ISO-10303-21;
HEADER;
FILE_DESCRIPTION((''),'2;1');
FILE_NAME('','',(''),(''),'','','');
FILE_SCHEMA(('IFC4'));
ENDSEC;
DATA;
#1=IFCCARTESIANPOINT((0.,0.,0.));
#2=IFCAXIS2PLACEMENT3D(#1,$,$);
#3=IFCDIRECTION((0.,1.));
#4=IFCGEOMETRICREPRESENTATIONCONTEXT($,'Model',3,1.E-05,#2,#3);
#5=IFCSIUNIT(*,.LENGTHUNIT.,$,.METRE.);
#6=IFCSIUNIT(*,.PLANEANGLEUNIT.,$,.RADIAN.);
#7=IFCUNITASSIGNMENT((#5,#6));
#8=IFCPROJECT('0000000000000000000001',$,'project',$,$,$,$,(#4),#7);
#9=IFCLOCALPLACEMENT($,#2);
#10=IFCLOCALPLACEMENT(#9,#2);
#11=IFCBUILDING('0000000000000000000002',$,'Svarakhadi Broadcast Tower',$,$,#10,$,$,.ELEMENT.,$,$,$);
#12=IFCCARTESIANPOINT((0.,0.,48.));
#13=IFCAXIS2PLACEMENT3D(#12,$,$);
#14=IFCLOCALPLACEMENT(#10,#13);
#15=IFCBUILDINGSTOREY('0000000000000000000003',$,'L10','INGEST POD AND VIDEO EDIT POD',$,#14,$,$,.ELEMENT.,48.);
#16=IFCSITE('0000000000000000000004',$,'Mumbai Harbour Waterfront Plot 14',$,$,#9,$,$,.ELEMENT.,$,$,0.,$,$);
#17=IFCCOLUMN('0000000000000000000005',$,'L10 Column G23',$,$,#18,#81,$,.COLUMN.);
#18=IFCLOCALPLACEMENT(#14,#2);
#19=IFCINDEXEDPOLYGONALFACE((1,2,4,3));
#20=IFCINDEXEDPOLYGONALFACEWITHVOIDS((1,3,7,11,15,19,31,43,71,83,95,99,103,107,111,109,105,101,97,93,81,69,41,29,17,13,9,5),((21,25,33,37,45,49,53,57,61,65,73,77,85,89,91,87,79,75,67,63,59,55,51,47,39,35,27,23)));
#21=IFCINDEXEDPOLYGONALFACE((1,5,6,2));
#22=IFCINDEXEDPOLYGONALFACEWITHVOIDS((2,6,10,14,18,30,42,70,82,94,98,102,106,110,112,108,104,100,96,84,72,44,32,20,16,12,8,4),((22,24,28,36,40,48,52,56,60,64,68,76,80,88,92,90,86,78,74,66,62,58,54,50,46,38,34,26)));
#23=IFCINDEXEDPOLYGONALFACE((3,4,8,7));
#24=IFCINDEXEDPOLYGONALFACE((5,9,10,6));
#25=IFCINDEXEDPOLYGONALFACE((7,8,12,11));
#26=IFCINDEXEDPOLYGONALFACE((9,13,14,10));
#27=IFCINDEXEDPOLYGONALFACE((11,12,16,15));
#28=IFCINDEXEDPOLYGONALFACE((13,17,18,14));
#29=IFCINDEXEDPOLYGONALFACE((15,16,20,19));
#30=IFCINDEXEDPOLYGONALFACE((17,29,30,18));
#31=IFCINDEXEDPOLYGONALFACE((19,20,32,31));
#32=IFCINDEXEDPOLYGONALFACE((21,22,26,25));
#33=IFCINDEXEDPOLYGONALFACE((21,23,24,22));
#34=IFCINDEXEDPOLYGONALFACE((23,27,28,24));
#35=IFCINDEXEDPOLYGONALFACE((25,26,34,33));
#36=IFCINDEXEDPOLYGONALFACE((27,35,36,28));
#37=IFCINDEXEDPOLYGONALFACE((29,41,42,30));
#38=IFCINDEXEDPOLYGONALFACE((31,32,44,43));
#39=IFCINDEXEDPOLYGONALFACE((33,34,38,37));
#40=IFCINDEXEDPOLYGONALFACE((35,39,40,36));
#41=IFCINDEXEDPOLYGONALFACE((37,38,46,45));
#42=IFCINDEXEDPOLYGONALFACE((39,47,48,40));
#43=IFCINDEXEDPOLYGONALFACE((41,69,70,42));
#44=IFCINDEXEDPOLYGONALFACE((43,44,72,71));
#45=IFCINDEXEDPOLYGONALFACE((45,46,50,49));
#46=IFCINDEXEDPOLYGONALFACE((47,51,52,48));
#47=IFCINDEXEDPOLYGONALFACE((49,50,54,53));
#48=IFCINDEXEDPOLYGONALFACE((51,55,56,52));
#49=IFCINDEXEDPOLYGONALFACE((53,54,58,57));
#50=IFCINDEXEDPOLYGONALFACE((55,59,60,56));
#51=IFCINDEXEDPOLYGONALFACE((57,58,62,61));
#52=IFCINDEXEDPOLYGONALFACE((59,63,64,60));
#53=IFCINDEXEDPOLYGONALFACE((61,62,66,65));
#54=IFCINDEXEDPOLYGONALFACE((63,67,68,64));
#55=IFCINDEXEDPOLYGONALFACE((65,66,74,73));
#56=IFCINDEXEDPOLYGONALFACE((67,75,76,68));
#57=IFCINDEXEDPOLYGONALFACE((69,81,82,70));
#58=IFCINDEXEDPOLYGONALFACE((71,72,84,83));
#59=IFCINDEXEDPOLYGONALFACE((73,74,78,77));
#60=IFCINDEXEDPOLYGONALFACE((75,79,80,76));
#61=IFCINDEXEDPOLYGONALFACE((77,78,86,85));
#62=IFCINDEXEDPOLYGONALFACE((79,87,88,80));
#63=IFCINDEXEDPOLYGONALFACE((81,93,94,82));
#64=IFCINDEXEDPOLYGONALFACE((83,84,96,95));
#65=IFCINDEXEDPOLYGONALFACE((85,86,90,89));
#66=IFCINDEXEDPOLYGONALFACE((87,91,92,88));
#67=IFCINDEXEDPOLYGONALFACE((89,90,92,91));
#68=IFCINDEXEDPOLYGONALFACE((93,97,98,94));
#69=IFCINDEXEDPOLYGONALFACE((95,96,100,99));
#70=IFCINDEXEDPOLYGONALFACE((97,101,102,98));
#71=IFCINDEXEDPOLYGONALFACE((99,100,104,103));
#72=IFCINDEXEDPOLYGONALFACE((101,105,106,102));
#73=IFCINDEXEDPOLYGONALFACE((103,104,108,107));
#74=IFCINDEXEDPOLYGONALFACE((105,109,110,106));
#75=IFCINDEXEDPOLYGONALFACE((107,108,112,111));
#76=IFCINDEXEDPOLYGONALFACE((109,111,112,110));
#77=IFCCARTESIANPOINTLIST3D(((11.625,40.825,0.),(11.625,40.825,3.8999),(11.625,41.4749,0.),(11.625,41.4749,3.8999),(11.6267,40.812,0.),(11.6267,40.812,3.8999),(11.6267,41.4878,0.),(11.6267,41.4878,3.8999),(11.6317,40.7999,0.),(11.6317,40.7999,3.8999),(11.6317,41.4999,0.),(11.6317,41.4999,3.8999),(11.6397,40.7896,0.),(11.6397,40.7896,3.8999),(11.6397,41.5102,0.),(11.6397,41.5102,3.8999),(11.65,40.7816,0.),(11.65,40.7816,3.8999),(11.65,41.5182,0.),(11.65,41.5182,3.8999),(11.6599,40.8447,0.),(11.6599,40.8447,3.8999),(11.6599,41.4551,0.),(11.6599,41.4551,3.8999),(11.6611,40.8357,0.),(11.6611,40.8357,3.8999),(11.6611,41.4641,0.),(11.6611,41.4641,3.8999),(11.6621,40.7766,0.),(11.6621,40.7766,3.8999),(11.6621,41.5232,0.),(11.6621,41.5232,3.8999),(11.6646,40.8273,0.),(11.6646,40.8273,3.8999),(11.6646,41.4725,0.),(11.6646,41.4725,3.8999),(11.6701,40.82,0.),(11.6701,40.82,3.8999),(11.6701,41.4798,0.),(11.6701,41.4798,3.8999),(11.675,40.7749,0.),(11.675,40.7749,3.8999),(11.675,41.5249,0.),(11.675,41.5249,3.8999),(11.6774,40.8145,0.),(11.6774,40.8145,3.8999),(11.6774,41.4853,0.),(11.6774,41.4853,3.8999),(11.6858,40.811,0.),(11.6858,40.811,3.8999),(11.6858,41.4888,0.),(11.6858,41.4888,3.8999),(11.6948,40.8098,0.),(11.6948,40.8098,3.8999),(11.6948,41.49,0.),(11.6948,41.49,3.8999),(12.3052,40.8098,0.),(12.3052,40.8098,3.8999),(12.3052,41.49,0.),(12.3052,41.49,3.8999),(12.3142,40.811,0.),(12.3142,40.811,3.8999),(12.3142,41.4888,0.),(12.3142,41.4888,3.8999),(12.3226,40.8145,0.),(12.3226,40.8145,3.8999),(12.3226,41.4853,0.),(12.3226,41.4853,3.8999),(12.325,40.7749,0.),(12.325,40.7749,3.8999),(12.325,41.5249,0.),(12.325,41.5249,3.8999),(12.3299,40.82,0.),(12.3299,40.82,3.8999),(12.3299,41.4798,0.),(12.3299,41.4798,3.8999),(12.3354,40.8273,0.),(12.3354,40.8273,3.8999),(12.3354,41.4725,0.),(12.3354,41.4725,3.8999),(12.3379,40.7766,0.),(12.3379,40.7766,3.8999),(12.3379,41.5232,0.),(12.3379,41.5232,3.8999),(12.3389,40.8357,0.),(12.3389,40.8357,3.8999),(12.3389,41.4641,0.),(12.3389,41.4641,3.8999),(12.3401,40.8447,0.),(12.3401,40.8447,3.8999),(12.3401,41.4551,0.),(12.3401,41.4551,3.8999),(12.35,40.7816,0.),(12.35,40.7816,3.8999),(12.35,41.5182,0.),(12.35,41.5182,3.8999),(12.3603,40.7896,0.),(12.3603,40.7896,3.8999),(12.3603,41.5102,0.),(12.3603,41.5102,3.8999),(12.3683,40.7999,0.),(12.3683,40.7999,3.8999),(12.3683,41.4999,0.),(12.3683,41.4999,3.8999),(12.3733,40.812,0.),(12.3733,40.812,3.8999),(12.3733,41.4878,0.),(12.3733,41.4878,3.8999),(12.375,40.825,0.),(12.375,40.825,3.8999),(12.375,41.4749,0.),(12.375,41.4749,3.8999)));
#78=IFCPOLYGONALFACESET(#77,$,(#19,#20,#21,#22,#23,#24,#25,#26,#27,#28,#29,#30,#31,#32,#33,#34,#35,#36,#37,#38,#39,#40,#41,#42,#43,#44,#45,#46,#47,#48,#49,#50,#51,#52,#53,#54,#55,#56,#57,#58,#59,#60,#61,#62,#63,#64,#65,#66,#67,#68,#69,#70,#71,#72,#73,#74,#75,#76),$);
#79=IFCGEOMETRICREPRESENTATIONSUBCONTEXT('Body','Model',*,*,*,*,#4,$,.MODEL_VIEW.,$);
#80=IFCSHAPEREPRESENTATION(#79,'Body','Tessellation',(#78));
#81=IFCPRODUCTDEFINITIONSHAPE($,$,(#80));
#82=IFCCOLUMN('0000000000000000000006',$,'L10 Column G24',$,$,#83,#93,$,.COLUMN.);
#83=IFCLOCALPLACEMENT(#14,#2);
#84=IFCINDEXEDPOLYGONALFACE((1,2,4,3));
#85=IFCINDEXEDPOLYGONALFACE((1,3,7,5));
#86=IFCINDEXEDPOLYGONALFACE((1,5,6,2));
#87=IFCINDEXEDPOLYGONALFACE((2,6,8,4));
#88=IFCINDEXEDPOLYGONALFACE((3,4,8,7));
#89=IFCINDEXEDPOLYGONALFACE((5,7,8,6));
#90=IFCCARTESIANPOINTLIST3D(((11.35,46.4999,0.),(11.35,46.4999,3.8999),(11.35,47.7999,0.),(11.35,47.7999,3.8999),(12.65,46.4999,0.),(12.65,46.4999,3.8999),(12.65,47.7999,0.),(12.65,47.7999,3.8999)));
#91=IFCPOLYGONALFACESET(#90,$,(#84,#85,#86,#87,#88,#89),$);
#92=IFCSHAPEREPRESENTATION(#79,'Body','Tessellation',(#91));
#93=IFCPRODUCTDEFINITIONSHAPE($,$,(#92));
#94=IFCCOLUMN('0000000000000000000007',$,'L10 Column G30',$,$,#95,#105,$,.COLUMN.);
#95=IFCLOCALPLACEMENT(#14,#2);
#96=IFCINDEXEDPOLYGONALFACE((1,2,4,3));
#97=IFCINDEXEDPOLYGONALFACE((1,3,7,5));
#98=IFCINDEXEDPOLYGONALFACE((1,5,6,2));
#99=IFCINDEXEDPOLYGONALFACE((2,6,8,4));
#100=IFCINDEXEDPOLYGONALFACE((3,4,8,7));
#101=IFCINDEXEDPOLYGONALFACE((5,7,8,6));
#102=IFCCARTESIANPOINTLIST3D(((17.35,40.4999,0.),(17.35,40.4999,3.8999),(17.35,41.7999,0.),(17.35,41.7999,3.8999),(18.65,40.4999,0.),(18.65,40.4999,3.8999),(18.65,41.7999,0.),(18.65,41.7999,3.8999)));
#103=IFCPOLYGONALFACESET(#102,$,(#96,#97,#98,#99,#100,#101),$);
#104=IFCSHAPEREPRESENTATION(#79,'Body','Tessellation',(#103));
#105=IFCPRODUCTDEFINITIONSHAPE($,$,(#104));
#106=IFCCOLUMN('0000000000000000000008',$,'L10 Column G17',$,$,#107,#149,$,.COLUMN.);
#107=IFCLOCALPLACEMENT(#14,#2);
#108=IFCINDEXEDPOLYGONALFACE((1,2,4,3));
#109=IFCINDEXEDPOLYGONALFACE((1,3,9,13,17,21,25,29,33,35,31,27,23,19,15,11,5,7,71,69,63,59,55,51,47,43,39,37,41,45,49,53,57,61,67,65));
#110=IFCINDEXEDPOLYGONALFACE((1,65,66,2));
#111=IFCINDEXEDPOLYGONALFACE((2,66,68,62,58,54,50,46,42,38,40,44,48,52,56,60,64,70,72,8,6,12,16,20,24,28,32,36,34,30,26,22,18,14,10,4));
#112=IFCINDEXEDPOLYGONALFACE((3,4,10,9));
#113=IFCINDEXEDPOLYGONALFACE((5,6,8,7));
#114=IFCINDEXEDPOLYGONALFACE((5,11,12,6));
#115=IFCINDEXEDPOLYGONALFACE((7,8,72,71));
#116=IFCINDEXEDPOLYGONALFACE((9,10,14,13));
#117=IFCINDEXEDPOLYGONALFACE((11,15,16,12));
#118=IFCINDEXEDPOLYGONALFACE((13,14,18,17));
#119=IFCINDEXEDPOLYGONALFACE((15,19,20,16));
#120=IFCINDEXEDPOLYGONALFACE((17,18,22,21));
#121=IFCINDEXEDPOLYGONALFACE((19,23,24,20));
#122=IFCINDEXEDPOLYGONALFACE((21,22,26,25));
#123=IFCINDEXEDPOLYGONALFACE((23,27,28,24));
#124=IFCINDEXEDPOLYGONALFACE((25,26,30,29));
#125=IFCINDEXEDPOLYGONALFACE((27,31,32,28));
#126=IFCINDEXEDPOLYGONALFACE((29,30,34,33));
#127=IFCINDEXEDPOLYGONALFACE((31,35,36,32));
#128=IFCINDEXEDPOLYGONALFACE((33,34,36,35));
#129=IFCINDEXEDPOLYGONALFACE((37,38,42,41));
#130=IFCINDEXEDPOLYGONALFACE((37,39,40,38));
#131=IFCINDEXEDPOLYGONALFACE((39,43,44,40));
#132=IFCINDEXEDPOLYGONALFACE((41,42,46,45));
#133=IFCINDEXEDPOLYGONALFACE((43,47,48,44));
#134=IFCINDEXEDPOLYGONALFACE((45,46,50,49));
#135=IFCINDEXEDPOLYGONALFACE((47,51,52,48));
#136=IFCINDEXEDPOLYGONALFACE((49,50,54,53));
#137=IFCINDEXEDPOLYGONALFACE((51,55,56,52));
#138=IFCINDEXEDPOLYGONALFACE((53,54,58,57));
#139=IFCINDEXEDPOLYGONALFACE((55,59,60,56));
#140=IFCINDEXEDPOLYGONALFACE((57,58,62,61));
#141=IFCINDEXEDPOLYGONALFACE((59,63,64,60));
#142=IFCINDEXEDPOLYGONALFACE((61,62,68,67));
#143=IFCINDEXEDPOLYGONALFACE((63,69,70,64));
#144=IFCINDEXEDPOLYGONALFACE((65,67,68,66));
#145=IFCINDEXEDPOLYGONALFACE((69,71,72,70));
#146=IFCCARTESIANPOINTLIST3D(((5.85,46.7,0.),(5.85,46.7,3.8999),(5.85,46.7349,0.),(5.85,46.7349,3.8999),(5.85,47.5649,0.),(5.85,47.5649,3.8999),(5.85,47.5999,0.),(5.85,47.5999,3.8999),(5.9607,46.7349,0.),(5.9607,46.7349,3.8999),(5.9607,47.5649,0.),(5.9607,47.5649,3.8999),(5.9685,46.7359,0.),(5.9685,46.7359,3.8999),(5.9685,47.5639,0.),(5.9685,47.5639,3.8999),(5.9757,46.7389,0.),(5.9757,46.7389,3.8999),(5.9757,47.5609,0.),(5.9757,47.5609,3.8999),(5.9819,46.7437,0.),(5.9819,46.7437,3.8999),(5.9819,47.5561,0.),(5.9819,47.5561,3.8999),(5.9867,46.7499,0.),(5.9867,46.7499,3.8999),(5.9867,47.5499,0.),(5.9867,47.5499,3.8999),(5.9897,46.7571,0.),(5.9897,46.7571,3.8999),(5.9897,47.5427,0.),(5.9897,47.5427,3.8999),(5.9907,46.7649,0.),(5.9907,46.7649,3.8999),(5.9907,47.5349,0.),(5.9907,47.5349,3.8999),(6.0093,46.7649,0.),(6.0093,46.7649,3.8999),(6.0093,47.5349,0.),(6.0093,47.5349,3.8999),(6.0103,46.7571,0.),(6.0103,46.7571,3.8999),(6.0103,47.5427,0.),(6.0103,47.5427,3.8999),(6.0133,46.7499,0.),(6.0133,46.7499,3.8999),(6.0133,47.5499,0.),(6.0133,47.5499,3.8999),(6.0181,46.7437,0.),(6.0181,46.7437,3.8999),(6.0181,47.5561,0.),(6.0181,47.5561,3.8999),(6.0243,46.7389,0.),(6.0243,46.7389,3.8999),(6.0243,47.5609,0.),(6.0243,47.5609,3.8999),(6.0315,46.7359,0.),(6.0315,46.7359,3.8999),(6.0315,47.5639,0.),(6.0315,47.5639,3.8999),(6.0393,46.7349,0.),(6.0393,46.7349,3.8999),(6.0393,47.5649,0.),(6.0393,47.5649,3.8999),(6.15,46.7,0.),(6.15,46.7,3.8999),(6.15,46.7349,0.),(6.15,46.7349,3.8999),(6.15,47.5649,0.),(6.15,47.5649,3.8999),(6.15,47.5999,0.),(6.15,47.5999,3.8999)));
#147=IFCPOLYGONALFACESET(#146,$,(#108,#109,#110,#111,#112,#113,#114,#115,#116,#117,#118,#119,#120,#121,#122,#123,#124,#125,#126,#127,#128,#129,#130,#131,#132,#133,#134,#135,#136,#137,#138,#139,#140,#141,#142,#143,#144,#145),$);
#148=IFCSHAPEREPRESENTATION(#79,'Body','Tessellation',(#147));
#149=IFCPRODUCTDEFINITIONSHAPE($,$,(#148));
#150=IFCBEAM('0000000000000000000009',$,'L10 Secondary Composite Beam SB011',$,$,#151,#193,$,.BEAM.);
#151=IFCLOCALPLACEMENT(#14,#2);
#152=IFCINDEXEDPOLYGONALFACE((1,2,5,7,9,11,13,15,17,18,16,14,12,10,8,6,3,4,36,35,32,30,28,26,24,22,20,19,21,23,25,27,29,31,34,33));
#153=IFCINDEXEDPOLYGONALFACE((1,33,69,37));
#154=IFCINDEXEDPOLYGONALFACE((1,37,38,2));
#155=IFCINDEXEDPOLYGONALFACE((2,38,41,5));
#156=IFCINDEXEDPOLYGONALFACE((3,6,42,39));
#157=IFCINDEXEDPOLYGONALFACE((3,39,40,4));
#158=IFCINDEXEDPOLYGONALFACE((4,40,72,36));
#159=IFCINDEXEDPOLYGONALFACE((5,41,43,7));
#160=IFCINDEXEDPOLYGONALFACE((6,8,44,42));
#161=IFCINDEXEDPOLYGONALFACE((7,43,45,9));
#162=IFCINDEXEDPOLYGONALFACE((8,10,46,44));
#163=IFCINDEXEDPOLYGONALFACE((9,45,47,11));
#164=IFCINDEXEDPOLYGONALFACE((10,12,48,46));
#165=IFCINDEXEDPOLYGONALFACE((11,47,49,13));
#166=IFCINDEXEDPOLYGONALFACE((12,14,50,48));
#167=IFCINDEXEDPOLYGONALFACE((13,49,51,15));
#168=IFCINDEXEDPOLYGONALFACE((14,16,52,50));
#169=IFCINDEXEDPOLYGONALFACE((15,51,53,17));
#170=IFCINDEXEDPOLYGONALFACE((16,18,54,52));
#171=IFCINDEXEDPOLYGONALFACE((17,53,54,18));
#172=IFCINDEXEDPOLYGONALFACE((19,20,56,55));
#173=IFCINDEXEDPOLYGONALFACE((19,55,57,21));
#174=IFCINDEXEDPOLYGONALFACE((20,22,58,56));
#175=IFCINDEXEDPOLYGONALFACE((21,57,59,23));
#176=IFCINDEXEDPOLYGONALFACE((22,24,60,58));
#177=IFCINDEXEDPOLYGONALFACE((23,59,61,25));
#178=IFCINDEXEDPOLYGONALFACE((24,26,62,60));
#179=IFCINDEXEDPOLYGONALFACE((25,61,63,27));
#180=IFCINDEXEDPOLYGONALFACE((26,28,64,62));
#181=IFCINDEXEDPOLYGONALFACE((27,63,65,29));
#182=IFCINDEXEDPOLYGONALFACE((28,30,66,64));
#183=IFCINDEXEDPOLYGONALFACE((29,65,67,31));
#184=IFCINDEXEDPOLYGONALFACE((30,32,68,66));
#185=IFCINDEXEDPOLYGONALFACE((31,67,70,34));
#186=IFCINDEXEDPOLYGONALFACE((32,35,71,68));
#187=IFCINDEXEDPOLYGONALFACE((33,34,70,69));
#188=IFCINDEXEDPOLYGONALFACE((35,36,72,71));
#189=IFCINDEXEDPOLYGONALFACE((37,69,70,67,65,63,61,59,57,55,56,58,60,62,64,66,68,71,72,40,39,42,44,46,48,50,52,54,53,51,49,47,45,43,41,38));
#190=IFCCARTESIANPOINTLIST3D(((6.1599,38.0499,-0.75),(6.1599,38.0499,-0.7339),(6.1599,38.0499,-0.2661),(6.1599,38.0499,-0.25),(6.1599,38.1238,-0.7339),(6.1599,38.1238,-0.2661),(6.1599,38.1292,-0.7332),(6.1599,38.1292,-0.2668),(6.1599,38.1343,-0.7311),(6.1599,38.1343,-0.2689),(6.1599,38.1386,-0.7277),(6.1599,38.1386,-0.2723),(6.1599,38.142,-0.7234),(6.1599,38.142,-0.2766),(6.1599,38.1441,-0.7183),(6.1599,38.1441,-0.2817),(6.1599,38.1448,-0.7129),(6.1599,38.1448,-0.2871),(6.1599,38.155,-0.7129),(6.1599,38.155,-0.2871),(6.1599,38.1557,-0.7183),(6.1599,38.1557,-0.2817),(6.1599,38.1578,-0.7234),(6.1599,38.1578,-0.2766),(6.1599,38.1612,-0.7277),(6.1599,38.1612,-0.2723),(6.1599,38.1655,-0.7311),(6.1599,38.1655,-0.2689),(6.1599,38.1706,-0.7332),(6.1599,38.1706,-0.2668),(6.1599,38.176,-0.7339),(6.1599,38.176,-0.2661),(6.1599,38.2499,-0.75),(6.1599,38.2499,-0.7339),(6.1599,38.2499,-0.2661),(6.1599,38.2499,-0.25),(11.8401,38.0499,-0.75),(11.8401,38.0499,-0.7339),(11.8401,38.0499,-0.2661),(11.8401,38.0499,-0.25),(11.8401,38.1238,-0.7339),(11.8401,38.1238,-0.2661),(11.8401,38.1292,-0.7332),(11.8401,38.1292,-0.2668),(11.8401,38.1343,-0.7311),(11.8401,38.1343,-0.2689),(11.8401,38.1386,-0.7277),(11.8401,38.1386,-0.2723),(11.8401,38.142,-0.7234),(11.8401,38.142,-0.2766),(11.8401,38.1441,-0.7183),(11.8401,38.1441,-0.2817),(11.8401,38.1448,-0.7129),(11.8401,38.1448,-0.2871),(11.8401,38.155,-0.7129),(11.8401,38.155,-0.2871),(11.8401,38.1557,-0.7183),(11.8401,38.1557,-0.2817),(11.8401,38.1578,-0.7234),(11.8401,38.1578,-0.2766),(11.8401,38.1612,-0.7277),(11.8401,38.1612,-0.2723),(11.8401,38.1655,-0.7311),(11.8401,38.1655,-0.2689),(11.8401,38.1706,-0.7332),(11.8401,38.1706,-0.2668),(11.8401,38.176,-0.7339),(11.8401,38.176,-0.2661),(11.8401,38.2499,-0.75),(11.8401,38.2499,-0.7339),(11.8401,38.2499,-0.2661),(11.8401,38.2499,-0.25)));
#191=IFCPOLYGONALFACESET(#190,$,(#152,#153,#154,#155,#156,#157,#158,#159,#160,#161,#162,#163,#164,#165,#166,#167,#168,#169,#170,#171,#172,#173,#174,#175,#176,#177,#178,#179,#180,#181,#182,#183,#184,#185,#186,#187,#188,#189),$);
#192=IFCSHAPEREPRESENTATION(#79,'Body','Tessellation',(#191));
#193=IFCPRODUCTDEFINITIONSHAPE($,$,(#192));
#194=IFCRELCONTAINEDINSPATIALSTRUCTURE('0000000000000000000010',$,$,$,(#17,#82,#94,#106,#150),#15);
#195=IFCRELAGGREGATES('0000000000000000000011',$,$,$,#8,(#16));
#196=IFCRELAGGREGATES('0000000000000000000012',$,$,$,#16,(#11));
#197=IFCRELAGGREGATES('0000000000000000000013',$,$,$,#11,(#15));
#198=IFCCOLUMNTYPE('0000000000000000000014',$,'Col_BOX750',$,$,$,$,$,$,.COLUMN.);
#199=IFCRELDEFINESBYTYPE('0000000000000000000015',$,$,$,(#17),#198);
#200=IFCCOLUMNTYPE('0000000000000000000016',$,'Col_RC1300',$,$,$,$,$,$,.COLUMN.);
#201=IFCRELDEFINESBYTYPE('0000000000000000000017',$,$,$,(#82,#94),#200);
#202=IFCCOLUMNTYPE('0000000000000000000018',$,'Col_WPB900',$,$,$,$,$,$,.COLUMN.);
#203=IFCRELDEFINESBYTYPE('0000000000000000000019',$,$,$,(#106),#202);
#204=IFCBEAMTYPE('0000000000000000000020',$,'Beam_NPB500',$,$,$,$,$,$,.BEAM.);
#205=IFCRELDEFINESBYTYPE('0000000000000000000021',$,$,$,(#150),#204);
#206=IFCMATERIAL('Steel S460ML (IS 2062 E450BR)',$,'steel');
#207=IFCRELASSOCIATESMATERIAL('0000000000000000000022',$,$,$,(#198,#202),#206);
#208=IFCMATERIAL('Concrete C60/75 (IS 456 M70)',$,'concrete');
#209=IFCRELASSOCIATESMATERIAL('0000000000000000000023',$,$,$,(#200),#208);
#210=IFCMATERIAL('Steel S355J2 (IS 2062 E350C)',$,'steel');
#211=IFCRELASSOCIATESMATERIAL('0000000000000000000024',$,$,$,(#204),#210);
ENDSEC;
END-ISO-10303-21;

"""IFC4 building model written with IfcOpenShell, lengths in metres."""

from ifc_helpers import new_model, si_unit, direction, frame, origin, origin_2d, place, context, subcontext, project, spatial, rectangle, hollow_rectangle, i_section, extrude, material, material_profile, profile_set, type_object, element, save


model = new_model("IFC4")

# Units and contexts
model_context = context("Model", 3, precision=1e-05, world=origin(), true_north=direction((0.0, 1.0)))
body_context = subcontext(model_context, "Body", "Model", "MODEL_VIEW")
ifc_project = project(units=[si_unit("LENGTHUNIT", "METRE"), si_unit("PLANEANGLEUNIT", "RADIAN")], contexts=[model_context])

# Site, building, storey
site_placement = place(None, origin())
site = spatial("IfcSite", under=ifc_project, at=site_placement, Name="Mumbai Harbour Waterfront Plot 14", CompositionType="ELEMENT", RefElevation=0.0)
building_placement = place(site_placement, origin())
building = spatial("IfcBuilding", under=site, at=building_placement, Name="Svarakhadi Broadcast Tower", CompositionType="ELEMENT")
storey_placement = place(building_placement, frame((0.0, 0.0, 48.0)))
storey = spatial("IfcBuildingStorey", under=building, at=storey_placement, Name="L10", Description="INGEST POD AND VIDEO EDIT POD", CompositionType="ELEMENT", Elevation=48.0)

# Columns
ifc_material_1 = material(Name="Steel S460ML (IS 2062 E450BR)", Category="steel")
ifc_material_profile_1 = material_profile(ifc_material_1, hollow_rectangle(XDim=0.75, YDim=0.75, WallThickness=0.0349, InnerFilletRadius=0.0349, OuterFilletRadius=0.05, at=origin_2d()), Name="BOX 750x750x35")
ifc_profile_set_1 = profile_set([ifc_material_profile_1], Name="Steel S460ML (IS 2062 E450BR)")
column_type_1 = type_object("IfcColumnType", Name="Col_BOX750", PredefinedType="COLUMN", material=ifc_profile_set_1)
column_1_placement = place(storey_placement, frame((12.0, 41.1499, 0.0), z_axis=(0.0, 0.0, 1.0), x_axis=(1.0, 0.0, 0.0)))
element("IfcColumn", 1, at=column_1_placement, inside=storey, type_object=column_type_1, Name="L10 Column G23", PredefinedType="COLUMN", context=body_context, shape_type="SweptSolid", body=[
    extrude(hollow_rectangle(XDim=0.75, YDim=0.75, WallThickness=0.0349, InnerFilletRadius=0.0349, OuterFilletRadius=0.05, at=origin_2d()), origin(), (0.0, 0.0, 1.0), 3.8999),
])
ifc_material_2 = material(Name="Concrete C60/75 (IS 456 M70)", Category="concrete")
ifc_material_profile_2 = material_profile(ifc_material_2, rectangle(XDim=1.3, YDim=1.3, at=origin_2d()), Name="RC 1300x1300")
ifc_profile_set_2 = profile_set([ifc_material_profile_2], Name="Concrete C60/75 (IS 456 M70)")
column_type_2 = type_object("IfcColumnType", Name="Col_RC1300", PredefinedType="COLUMN", material=ifc_profile_set_2)
for number, where, z_axis, x_axis, name in (
    (2, (12.0, 47.1499, 0.0), (0.0, 0.0, 1.0), (1.0, 0.0, 0.0), "L10 Column G24"),
    (3, (18.0, 41.1499, 0.0), (0.0, 0.0, 1.0), (1.0, 0.0, 0.0), "L10 Column G30"),
):
    element("IfcColumn", number, at=place(storey_placement, frame(where, z_axis=z_axis, x_axis=x_axis)), inside=storey, type_object=column_type_2, Name=name, PredefinedType="COLUMN", context=body_context, shape_type="SweptSolid", body=[
        extrude(rectangle(XDim=1.3, YDim=1.3, at=origin_2d()), origin(), (0.0, 0.0, 1.0), 3.8999),
    ])
ifc_material_profile_3 = material_profile(ifc_material_1, i_section(OverallWidth=0.3, OverallDepth=0.8999, WebThickness=0.0186, FlangeThickness=0.0349, FilletRadius=0.03, at=origin_2d()), Name="WPB 900x300x291")
ifc_profile_set_3 = profile_set([ifc_material_profile_3], Name="Steel S460ML (IS 2062 E450BR)")
column_type_3 = type_object("IfcColumnType", Name="Col_WPB900", PredefinedType="COLUMN", material=ifc_profile_set_3)
column_2_placement = place(storey_placement, frame((6.0, 47.1499, 0.0), z_axis=(0.0, 0.0, 1.0), x_axis=(1.0, 0.0, 0.0)))
element("IfcColumn", 4, at=column_2_placement, inside=storey, type_object=column_type_3, Name="L10 Column G17", PredefinedType="COLUMN", context=body_context, shape_type="SweptSolid", body=[
    extrude(i_section(OverallWidth=0.3, OverallDepth=0.8999, WebThickness=0.0186, FlangeThickness=0.0349, FilletRadius=0.03, at=origin_2d()), origin(), (0.0, 0.0, 1.0), 3.8999),
])

# Beam
ifc_material_3 = material(Name="Steel S355J2 (IS 2062 E350C)", Category="steel")
ifc_material_profile_4 = material_profile(ifc_material_3, i_section(OverallWidth=0.2, OverallDepth=0.5, WebThickness=0.0103, FlangeThickness=0.0161, FilletRadius=0.021, at=origin_2d()), Name="NPB 500x200x91")
ifc_profile_set_4 = profile_set([ifc_material_profile_4], Name="Steel S355J2 (IS 2062 E350C)")
beam_type_1 = type_object("IfcBeamType", Name="Beam_NPB500", PredefinedType="BEAM", material=ifc_profile_set_4)
for number, where, z_axis, x_axis, name in (
    (5, (6.1599, 38.1499, -0.5), (1.0, 0.0, 0.0), (0.0, 1.0, 0.0), "L10 Secondary Composite Beam SB011"),
):
    element("IfcBeam", number, at=place(storey_placement, frame(where, z_axis=z_axis, x_axis=x_axis)), inside=storey, type_object=beam_type_1, Name=name, PredefinedType="BEAM", context=body_context, shape_type="SweptSolid", body=[
        extrude(i_section(OverallWidth=0.2, OverallDepth=0.5, WebThickness=0.0103, FlangeThickness=0.0161, FilletRadius=0.021, at=origin_2d()), origin(), (0.0, 0.0, 1.0), 5.6802),
    ])

save(model, "model.ifc")
